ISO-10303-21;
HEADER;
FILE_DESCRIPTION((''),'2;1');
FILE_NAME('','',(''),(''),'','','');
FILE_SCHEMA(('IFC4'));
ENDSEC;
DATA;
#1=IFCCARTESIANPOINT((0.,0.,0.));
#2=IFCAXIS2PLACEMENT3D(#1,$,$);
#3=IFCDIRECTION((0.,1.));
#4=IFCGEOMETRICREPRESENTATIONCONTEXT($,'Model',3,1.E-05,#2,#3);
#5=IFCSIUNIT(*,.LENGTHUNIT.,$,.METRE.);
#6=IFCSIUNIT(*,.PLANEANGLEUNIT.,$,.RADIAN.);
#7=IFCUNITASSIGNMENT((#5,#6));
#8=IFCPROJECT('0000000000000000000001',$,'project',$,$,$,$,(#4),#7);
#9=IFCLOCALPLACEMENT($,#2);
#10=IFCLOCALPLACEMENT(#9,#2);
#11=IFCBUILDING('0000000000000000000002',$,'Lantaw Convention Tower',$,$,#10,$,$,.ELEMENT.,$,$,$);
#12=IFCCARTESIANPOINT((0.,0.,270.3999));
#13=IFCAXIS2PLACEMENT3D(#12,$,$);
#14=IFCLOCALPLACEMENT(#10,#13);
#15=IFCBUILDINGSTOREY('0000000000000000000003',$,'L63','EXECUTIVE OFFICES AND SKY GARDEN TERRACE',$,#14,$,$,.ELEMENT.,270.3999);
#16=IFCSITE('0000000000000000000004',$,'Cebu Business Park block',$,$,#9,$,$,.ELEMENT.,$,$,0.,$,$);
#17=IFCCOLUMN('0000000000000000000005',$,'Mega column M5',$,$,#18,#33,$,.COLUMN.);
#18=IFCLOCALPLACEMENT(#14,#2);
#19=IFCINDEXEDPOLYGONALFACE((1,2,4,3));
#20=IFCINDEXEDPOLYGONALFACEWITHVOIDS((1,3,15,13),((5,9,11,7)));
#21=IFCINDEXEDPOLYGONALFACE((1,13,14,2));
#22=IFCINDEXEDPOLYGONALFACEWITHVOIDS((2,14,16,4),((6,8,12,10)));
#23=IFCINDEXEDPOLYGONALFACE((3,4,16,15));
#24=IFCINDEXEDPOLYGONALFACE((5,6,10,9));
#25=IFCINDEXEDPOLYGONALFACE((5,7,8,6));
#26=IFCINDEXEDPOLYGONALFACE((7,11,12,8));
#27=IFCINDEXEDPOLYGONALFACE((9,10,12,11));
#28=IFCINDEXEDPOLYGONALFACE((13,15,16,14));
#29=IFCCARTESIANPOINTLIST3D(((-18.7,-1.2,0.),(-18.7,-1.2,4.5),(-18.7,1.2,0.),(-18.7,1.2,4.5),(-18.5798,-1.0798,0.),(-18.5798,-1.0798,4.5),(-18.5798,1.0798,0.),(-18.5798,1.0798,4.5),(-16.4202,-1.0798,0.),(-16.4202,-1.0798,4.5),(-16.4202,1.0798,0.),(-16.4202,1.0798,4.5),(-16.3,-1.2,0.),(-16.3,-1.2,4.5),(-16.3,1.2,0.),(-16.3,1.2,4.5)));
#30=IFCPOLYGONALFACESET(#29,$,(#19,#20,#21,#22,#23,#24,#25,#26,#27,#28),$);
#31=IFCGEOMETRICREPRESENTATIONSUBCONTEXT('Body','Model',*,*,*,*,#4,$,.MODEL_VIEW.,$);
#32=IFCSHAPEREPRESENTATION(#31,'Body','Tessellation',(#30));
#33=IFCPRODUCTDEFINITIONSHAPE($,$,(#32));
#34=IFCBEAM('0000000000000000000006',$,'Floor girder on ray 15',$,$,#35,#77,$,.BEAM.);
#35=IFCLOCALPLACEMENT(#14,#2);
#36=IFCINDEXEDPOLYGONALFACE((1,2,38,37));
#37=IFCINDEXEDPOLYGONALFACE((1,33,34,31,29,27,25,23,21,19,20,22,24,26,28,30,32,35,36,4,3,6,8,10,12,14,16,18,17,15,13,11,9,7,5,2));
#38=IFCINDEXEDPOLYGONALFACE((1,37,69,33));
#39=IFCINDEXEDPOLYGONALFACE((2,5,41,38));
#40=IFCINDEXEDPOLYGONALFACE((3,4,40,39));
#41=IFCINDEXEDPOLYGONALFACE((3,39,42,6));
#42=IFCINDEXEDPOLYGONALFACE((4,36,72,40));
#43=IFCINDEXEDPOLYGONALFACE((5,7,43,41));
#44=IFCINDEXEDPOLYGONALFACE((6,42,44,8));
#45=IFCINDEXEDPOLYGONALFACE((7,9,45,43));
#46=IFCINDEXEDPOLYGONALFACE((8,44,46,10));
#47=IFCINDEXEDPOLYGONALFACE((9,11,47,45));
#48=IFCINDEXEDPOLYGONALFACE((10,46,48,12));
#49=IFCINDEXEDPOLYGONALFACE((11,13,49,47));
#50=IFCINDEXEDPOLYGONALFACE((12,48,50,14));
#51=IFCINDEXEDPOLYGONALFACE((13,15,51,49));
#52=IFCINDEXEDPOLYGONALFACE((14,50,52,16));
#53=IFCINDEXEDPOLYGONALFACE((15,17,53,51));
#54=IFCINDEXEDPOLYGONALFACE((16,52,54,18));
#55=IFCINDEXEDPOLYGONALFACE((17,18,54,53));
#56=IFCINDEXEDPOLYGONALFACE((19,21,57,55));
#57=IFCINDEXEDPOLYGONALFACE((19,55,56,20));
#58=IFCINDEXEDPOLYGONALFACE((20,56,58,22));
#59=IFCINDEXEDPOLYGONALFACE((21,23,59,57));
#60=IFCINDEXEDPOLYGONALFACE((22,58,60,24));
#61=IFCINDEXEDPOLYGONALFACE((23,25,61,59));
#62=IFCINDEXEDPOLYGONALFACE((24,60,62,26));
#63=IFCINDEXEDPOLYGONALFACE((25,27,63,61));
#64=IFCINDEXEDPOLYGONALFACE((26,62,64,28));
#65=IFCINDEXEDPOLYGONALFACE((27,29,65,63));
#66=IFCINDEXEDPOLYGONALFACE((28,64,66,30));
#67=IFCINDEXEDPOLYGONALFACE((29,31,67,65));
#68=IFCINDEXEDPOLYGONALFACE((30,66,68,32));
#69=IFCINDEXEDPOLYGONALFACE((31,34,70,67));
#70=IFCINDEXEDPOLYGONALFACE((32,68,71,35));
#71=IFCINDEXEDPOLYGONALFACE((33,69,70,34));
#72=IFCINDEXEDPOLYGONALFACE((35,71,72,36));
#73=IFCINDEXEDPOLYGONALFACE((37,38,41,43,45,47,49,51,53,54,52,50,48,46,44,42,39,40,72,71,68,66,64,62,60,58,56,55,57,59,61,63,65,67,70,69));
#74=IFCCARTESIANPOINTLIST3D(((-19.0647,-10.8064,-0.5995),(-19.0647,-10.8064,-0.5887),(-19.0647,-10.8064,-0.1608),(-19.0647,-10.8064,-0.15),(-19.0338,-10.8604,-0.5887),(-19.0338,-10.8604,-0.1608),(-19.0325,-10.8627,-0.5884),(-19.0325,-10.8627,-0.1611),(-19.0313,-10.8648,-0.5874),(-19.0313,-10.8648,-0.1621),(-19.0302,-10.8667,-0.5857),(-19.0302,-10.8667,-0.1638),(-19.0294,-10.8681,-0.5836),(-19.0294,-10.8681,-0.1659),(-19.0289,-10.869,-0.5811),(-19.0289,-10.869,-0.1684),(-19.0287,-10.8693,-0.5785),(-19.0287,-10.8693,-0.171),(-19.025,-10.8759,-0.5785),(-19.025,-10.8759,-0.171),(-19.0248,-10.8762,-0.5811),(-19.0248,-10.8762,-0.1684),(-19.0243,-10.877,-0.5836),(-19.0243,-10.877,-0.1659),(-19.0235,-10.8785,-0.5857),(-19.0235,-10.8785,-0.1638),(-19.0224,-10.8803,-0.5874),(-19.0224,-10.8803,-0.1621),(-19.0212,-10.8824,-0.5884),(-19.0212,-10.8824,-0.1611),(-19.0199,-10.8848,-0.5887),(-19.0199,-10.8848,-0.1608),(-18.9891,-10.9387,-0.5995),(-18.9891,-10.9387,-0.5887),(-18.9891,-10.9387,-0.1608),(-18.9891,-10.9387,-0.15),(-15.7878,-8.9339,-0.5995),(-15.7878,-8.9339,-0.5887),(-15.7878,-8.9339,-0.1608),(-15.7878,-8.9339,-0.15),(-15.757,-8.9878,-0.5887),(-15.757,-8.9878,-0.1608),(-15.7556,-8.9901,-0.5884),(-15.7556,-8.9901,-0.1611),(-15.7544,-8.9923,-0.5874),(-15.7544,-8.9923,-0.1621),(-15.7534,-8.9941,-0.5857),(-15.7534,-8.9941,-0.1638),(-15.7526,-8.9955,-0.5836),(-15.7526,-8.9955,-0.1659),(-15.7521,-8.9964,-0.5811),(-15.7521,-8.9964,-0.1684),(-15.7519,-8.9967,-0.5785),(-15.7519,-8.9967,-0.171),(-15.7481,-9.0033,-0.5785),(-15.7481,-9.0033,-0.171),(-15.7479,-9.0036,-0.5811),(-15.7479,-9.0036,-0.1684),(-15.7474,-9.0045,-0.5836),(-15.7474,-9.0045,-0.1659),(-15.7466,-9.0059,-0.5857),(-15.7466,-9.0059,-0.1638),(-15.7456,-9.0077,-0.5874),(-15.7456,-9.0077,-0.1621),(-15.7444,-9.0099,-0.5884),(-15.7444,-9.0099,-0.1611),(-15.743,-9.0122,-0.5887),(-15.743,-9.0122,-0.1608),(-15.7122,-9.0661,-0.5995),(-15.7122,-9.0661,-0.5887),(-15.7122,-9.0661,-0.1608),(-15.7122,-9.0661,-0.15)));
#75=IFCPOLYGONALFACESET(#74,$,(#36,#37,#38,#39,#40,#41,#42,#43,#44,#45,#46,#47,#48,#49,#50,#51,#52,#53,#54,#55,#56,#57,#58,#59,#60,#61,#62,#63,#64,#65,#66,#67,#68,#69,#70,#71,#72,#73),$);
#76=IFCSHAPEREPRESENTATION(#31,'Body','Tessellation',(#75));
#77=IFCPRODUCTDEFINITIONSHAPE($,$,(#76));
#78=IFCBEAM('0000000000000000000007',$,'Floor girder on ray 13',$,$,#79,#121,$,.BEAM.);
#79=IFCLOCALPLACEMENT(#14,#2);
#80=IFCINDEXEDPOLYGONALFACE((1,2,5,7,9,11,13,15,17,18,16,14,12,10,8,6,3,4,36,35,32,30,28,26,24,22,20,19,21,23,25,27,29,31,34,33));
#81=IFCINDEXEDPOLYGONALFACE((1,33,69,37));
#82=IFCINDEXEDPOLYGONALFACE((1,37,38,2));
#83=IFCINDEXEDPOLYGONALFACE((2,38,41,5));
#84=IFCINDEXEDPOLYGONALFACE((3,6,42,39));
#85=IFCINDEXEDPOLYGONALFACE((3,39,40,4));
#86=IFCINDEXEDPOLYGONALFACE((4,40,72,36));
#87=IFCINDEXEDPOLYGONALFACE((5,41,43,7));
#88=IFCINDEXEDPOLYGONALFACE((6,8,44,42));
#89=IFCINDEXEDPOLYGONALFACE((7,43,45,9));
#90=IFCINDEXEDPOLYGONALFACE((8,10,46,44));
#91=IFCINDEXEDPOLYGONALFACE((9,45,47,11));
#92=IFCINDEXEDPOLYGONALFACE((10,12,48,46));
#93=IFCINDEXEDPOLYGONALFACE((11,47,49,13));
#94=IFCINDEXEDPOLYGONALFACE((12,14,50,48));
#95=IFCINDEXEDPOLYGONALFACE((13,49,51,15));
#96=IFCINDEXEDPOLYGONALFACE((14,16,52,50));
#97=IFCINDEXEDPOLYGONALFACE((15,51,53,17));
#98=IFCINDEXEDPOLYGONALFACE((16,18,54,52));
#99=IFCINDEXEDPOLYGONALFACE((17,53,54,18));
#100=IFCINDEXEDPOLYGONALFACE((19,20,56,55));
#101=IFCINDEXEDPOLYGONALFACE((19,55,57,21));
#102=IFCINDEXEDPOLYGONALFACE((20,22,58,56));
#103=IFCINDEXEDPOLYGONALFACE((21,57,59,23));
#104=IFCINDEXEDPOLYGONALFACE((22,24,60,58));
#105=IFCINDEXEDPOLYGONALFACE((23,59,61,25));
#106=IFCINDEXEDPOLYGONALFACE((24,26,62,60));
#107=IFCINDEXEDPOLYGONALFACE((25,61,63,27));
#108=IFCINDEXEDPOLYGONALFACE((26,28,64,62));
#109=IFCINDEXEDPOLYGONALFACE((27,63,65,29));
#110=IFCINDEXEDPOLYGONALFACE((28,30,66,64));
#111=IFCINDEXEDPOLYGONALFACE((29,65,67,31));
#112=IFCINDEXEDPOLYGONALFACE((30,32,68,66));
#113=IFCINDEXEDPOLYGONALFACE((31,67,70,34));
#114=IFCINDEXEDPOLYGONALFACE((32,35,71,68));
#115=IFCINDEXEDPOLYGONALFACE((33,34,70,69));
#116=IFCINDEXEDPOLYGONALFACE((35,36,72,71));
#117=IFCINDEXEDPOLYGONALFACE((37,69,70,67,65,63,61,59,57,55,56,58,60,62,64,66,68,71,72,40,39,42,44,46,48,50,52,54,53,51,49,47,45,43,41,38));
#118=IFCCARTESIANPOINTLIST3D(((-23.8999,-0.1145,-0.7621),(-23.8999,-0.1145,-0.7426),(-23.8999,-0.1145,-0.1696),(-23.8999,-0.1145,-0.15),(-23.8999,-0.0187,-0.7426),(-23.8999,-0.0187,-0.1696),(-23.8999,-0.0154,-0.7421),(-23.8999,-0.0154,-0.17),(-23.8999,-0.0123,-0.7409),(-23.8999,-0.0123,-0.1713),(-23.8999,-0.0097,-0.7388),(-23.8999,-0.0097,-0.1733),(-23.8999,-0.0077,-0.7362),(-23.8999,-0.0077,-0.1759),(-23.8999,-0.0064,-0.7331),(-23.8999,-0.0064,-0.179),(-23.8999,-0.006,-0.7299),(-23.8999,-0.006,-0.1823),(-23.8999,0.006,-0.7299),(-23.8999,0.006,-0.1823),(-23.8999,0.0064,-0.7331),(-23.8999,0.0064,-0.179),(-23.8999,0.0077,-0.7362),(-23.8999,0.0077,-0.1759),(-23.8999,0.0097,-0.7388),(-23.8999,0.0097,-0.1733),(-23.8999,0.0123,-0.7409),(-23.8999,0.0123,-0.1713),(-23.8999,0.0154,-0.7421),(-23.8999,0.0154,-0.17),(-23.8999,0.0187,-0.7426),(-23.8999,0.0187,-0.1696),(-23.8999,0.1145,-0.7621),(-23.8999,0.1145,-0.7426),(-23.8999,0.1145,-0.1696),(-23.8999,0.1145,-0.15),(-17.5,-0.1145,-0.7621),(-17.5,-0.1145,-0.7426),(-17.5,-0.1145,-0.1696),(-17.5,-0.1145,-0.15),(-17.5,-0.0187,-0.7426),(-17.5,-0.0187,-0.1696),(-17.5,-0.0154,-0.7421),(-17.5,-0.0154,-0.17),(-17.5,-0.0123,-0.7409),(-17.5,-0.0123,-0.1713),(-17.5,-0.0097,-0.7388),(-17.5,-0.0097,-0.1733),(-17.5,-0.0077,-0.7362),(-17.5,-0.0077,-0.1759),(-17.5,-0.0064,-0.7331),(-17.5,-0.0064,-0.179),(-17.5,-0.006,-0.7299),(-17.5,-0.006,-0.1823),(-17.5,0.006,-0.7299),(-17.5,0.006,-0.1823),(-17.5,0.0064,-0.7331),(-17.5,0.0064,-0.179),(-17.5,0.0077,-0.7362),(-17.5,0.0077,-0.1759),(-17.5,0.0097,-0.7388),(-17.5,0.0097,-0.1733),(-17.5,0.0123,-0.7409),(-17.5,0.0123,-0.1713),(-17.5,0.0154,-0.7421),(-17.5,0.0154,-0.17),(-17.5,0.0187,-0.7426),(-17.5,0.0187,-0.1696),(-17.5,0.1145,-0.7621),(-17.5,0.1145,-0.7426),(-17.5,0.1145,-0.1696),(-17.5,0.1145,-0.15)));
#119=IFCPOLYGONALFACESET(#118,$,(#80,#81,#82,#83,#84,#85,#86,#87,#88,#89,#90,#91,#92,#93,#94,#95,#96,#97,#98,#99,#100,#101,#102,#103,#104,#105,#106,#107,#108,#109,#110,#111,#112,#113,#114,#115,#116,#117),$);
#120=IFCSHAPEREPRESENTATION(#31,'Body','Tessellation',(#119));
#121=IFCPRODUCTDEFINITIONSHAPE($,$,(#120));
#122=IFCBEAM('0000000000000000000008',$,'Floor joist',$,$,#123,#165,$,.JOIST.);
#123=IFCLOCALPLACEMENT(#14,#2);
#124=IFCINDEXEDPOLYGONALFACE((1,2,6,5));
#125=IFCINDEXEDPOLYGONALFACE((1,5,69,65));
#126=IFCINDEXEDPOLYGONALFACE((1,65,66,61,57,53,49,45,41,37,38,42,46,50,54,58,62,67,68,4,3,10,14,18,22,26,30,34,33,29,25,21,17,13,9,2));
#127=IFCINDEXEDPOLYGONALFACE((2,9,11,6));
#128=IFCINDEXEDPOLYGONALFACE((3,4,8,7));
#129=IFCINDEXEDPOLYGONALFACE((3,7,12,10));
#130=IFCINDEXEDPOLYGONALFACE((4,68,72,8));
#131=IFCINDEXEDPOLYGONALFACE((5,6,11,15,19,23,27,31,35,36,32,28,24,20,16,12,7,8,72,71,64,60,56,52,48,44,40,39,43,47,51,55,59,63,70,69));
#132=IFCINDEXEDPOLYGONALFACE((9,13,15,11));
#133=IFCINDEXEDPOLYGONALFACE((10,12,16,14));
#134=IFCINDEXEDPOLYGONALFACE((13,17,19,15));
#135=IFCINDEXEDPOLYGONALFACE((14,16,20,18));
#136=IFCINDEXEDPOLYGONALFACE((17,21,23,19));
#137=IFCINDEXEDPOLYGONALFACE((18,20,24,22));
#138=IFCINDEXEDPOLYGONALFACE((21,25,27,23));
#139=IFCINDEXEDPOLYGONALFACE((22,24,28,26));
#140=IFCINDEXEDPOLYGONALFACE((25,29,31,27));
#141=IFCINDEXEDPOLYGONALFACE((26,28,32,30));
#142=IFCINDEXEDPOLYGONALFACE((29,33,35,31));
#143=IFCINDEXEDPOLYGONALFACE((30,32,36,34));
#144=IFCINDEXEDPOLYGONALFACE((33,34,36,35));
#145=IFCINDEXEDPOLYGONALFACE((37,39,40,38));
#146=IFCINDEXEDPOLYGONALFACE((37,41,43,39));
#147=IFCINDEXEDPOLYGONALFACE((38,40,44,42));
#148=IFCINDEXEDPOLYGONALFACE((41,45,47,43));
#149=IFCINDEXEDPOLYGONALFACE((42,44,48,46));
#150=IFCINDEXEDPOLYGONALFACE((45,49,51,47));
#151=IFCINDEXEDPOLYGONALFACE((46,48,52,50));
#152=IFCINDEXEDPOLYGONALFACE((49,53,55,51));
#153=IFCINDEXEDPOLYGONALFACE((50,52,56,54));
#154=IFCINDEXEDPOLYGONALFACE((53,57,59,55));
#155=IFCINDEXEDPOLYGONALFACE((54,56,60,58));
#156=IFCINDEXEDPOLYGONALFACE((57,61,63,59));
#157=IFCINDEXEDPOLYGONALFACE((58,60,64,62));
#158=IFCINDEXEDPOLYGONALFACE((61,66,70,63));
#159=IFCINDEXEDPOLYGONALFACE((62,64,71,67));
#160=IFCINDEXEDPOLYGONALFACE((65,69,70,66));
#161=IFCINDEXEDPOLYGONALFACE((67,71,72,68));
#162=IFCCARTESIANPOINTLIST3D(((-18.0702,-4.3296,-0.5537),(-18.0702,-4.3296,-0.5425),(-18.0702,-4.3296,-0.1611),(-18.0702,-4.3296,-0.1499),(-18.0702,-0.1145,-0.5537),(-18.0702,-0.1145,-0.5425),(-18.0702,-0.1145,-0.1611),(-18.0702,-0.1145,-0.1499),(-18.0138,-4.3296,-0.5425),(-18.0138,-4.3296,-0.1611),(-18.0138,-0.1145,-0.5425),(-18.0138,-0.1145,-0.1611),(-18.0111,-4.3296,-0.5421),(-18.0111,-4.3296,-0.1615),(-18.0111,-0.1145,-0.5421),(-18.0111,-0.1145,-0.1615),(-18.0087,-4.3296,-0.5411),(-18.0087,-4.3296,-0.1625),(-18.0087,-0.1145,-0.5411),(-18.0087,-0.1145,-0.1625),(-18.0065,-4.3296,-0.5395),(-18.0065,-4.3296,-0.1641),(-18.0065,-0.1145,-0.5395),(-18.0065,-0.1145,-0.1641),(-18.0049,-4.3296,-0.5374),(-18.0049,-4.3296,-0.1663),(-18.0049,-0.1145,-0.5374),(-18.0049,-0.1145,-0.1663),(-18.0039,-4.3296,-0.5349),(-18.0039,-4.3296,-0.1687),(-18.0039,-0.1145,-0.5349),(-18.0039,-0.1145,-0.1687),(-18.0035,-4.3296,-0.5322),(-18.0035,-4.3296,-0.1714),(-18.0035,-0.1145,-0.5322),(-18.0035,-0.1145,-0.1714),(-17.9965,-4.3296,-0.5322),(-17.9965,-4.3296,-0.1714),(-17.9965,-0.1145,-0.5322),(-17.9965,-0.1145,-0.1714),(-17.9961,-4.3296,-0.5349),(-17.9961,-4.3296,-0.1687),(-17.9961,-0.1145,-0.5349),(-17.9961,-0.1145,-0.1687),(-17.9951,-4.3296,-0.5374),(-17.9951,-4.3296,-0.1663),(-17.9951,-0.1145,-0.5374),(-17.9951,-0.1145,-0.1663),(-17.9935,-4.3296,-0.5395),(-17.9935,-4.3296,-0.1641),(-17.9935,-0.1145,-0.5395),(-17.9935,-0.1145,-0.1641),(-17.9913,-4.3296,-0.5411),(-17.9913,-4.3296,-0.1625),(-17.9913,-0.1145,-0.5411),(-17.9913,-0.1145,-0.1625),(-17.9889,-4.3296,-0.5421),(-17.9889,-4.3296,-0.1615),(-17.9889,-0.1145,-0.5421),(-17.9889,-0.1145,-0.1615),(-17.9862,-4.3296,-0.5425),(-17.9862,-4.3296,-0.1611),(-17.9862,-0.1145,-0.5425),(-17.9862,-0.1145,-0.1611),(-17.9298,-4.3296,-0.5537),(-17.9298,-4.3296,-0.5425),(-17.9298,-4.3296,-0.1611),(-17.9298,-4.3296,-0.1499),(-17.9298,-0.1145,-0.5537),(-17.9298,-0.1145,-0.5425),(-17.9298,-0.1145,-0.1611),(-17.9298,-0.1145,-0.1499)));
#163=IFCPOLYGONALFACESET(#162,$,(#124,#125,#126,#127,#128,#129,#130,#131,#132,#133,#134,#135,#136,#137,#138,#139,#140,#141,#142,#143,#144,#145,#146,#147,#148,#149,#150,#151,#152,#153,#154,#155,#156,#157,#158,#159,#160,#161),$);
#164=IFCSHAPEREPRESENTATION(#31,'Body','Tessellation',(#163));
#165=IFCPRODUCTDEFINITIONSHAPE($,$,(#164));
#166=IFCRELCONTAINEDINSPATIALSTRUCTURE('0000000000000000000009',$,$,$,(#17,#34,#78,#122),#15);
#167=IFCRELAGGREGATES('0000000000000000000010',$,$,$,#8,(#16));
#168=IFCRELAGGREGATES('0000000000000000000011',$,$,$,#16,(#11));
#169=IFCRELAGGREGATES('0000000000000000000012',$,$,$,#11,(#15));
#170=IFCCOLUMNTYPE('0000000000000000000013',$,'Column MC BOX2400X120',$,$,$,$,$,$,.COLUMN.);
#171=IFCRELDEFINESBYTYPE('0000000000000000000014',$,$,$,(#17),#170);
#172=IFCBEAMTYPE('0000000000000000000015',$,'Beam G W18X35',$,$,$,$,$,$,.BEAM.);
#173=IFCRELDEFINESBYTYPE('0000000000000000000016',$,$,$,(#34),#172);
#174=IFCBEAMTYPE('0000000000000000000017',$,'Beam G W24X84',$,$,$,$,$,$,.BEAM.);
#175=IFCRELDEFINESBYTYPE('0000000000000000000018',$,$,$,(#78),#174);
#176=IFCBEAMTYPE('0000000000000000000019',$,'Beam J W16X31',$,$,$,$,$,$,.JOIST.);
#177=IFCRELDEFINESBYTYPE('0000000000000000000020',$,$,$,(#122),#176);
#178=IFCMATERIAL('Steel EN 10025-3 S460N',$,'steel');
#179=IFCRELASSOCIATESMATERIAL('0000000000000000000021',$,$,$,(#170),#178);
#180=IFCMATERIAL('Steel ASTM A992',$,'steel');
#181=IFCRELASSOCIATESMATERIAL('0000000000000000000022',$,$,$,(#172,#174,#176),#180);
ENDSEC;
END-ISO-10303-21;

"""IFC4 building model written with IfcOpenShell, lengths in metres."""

from ifc_helpers import new_model, si_unit, direction, frame, origin, origin_2d, place, context, subcontext, project, spatial, rectangle, hollow_rectangle, i_section, extrude, material, material_profile, profile_set, type_object, element, save


model = new_model("IFC4")

# Units and contexts
model_context = context("Model", 3, precision=1e-05, world=origin(), true_north=direction((0.0, 1.0)))
body_context = subcontext(model_context, "Body", "Model", "MODEL_VIEW")
ifc_project = project(units=[si_unit("LENGTHUNIT", "METRE"), si_unit("PLANEANGLEUNIT", "RADIAN")], contexts=[model_context])

# Site, building, storey
site_placement = place(None, origin())
site = spatial("IfcSite", under=ifc_project, at=site_placement, Name="Cebu Business Park block", CompositionType="ELEMENT", RefElevation=0.0)
building_placement = place(site_placement, origin())
building = spatial("IfcBuilding", under=site, at=building_placement, Name="Lantaw Convention Tower", CompositionType="ELEMENT")
storey_placement = place(building_placement, frame((0.0, 0.0, 270.3999)))
storey = spatial("IfcBuildingStorey", under=building, at=storey_placement, Name="L63", Description="EXECUTIVE OFFICES AND SKY GARDEN TERRACE", CompositionType="ELEMENT", Elevation=270.3999)

# Column
ifc_material_1 = material(Name="Steel EN 10025-3 S460N", Category="steel")
ifc_material_profile_1 = material_profile(ifc_material_1, hollow_rectangle(XDim=2.3999, YDim=2.3999, WallThickness=0.1201, at=origin_2d()), Name="BOX2400X120")
ifc_material_2 = material(Name="Concrete C60/75", Category="concrete")
ifc_material_profile_2 = material_profile(ifc_material_2, rectangle(XDim=2.1599, YDim=2.1599, at=origin_2d()), Name="Concrete fill of BOX2400X120")
ifc_profile_set_1 = profile_set([ifc_material_profile_1, ifc_material_profile_2], Name="Steel EN 10025-3 S460N")
column_type = type_object("IfcColumnType", Name="Column MC BOX2400X120", PredefinedType="COLUMN", material=ifc_profile_set_1)
column_placement = place(storey_placement, frame((-17.5, 0.0, 0.0), z_axis=(0.0, 0.0, 1.0), x_axis=(1.0, 0.0, 0.0)))
element("IfcColumn", 1, at=column_placement, inside=storey, type_object=column_type, Name="Mega column M5", PredefinedType="COLUMN", context=body_context, shape_type="SweptSolid", body=[
    extrude(hollow_rectangle(XDim=2.3999, YDim=2.3999, WallThickness=0.1201, at=origin_2d()), origin(), (0.0, 0.0, 1.0), 4.5),
])

# Beams
ifc_material_3 = material(Name="Steel ASTM A992", Category="steel")
ifc_material_profile_3 = material_profile(ifc_material_3, i_section(OverallWidth=0.1523, OverallDepth=0.4495, WebThickness=0.0076, FlangeThickness=0.0107, FilletRadius=0.0103, at=origin_2d()), Name="W18X35")
ifc_profile_set_2 = profile_set([ifc_material_profile_3], Name="Steel ASTM A992")
beam_type_1 = type_object("IfcBeamType", Name="Beam G W18X35", PredefinedType="BEAM", material=ifc_profile_set_2)
beam_1_placement = place(storey_placement, frame((-15.75, -9.0, -0.3748), z_axis=(-0.868235, -0.496153, 0.0), x_axis=(0.496153, -0.868235, 0.0)))
element("IfcBeam", 2, at=beam_1_placement, inside=storey, type_object=beam_type_1, Name="Floor girder on ray 15", PredefinedType="BEAM", context=body_context, shape_type="SweptSolid", body=[
    extrude(i_section(OverallWidth=0.1523, OverallDepth=0.4495, WebThickness=0.0076, FlangeThickness=0.0107, FilletRadius=0.0103, at=origin_2d()), origin(), (0.0, 0.0, 1.0), 3.7742),
])
ifc_material_profile_4 = material_profile(ifc_material_3, i_section(OverallWidth=0.229, OverallDepth=0.6121, WebThickness=0.012, FlangeThickness=0.0195, FilletRadius=0.0127, at=origin_2d()), Name="W24X84")
ifc_profile_set_3 = profile_set([ifc_material_profile_4], Name="Steel ASTM A992")
beam_type_2 = type_object("IfcBeamType", Name="Beam G W24X84", PredefinedType="BEAM", material=ifc_profile_set_3)
beam_2_placement = place(storey_placement, frame((-17.5, 0.0, -0.4561), z_axis=(-1.0, 0.0, 0.0), x_axis=(0.0, -1.0, 0.0)))
element("IfcBeam", 3, at=beam_2_placement, inside=storey, type_object=beam_type_2, Name="Floor girder on ray 13", PredefinedType="BEAM", context=body_context, shape_type="SweptSolid", body=[
    extrude(i_section(OverallWidth=0.229, OverallDepth=0.6121, WebThickness=0.012, FlangeThickness=0.0195, FilletRadius=0.0127, at=origin_2d()), origin(), (0.0, 0.0, 1.0), 6.3999),
])
ifc_material_profile_5 = material_profile(ifc_material_3, i_section(OverallWidth=0.1404, OverallDepth=0.4038, WebThickness=0.0071, FlangeThickness=0.0112, FilletRadius=0.0103, at=origin_2d()), Name="W16X31")
ifc_profile_set_4 = profile_set([ifc_material_profile_5], Name="Steel ASTM A992")
beam_type_3 = type_object("IfcBeamType", Name="Beam J W16X31", PredefinedType="JOIST", material=ifc_profile_set_4)
beam_3_placement = place(storey_placement, frame((-18.0, -4.3296, -0.3518), z_axis=(0.0, 1.0, 0.0), x_axis=(-1.0, 0.0, 0.0)))
element("IfcBeam", 4, at=beam_3_placement, inside=storey, type_object=beam_type_3, Name="Floor joist", PredefinedType="JOIST", context=body_context, shape_type="SweptSolid", body=[
    extrude(i_section(OverallWidth=0.1404, OverallDepth=0.4038, WebThickness=0.0071, FlangeThickness=0.0112, FilletRadius=0.0103, at=origin_2d()), origin(), (0.0, 0.0, 1.0), 4.2151),
])

save(model, "model.ifc")
